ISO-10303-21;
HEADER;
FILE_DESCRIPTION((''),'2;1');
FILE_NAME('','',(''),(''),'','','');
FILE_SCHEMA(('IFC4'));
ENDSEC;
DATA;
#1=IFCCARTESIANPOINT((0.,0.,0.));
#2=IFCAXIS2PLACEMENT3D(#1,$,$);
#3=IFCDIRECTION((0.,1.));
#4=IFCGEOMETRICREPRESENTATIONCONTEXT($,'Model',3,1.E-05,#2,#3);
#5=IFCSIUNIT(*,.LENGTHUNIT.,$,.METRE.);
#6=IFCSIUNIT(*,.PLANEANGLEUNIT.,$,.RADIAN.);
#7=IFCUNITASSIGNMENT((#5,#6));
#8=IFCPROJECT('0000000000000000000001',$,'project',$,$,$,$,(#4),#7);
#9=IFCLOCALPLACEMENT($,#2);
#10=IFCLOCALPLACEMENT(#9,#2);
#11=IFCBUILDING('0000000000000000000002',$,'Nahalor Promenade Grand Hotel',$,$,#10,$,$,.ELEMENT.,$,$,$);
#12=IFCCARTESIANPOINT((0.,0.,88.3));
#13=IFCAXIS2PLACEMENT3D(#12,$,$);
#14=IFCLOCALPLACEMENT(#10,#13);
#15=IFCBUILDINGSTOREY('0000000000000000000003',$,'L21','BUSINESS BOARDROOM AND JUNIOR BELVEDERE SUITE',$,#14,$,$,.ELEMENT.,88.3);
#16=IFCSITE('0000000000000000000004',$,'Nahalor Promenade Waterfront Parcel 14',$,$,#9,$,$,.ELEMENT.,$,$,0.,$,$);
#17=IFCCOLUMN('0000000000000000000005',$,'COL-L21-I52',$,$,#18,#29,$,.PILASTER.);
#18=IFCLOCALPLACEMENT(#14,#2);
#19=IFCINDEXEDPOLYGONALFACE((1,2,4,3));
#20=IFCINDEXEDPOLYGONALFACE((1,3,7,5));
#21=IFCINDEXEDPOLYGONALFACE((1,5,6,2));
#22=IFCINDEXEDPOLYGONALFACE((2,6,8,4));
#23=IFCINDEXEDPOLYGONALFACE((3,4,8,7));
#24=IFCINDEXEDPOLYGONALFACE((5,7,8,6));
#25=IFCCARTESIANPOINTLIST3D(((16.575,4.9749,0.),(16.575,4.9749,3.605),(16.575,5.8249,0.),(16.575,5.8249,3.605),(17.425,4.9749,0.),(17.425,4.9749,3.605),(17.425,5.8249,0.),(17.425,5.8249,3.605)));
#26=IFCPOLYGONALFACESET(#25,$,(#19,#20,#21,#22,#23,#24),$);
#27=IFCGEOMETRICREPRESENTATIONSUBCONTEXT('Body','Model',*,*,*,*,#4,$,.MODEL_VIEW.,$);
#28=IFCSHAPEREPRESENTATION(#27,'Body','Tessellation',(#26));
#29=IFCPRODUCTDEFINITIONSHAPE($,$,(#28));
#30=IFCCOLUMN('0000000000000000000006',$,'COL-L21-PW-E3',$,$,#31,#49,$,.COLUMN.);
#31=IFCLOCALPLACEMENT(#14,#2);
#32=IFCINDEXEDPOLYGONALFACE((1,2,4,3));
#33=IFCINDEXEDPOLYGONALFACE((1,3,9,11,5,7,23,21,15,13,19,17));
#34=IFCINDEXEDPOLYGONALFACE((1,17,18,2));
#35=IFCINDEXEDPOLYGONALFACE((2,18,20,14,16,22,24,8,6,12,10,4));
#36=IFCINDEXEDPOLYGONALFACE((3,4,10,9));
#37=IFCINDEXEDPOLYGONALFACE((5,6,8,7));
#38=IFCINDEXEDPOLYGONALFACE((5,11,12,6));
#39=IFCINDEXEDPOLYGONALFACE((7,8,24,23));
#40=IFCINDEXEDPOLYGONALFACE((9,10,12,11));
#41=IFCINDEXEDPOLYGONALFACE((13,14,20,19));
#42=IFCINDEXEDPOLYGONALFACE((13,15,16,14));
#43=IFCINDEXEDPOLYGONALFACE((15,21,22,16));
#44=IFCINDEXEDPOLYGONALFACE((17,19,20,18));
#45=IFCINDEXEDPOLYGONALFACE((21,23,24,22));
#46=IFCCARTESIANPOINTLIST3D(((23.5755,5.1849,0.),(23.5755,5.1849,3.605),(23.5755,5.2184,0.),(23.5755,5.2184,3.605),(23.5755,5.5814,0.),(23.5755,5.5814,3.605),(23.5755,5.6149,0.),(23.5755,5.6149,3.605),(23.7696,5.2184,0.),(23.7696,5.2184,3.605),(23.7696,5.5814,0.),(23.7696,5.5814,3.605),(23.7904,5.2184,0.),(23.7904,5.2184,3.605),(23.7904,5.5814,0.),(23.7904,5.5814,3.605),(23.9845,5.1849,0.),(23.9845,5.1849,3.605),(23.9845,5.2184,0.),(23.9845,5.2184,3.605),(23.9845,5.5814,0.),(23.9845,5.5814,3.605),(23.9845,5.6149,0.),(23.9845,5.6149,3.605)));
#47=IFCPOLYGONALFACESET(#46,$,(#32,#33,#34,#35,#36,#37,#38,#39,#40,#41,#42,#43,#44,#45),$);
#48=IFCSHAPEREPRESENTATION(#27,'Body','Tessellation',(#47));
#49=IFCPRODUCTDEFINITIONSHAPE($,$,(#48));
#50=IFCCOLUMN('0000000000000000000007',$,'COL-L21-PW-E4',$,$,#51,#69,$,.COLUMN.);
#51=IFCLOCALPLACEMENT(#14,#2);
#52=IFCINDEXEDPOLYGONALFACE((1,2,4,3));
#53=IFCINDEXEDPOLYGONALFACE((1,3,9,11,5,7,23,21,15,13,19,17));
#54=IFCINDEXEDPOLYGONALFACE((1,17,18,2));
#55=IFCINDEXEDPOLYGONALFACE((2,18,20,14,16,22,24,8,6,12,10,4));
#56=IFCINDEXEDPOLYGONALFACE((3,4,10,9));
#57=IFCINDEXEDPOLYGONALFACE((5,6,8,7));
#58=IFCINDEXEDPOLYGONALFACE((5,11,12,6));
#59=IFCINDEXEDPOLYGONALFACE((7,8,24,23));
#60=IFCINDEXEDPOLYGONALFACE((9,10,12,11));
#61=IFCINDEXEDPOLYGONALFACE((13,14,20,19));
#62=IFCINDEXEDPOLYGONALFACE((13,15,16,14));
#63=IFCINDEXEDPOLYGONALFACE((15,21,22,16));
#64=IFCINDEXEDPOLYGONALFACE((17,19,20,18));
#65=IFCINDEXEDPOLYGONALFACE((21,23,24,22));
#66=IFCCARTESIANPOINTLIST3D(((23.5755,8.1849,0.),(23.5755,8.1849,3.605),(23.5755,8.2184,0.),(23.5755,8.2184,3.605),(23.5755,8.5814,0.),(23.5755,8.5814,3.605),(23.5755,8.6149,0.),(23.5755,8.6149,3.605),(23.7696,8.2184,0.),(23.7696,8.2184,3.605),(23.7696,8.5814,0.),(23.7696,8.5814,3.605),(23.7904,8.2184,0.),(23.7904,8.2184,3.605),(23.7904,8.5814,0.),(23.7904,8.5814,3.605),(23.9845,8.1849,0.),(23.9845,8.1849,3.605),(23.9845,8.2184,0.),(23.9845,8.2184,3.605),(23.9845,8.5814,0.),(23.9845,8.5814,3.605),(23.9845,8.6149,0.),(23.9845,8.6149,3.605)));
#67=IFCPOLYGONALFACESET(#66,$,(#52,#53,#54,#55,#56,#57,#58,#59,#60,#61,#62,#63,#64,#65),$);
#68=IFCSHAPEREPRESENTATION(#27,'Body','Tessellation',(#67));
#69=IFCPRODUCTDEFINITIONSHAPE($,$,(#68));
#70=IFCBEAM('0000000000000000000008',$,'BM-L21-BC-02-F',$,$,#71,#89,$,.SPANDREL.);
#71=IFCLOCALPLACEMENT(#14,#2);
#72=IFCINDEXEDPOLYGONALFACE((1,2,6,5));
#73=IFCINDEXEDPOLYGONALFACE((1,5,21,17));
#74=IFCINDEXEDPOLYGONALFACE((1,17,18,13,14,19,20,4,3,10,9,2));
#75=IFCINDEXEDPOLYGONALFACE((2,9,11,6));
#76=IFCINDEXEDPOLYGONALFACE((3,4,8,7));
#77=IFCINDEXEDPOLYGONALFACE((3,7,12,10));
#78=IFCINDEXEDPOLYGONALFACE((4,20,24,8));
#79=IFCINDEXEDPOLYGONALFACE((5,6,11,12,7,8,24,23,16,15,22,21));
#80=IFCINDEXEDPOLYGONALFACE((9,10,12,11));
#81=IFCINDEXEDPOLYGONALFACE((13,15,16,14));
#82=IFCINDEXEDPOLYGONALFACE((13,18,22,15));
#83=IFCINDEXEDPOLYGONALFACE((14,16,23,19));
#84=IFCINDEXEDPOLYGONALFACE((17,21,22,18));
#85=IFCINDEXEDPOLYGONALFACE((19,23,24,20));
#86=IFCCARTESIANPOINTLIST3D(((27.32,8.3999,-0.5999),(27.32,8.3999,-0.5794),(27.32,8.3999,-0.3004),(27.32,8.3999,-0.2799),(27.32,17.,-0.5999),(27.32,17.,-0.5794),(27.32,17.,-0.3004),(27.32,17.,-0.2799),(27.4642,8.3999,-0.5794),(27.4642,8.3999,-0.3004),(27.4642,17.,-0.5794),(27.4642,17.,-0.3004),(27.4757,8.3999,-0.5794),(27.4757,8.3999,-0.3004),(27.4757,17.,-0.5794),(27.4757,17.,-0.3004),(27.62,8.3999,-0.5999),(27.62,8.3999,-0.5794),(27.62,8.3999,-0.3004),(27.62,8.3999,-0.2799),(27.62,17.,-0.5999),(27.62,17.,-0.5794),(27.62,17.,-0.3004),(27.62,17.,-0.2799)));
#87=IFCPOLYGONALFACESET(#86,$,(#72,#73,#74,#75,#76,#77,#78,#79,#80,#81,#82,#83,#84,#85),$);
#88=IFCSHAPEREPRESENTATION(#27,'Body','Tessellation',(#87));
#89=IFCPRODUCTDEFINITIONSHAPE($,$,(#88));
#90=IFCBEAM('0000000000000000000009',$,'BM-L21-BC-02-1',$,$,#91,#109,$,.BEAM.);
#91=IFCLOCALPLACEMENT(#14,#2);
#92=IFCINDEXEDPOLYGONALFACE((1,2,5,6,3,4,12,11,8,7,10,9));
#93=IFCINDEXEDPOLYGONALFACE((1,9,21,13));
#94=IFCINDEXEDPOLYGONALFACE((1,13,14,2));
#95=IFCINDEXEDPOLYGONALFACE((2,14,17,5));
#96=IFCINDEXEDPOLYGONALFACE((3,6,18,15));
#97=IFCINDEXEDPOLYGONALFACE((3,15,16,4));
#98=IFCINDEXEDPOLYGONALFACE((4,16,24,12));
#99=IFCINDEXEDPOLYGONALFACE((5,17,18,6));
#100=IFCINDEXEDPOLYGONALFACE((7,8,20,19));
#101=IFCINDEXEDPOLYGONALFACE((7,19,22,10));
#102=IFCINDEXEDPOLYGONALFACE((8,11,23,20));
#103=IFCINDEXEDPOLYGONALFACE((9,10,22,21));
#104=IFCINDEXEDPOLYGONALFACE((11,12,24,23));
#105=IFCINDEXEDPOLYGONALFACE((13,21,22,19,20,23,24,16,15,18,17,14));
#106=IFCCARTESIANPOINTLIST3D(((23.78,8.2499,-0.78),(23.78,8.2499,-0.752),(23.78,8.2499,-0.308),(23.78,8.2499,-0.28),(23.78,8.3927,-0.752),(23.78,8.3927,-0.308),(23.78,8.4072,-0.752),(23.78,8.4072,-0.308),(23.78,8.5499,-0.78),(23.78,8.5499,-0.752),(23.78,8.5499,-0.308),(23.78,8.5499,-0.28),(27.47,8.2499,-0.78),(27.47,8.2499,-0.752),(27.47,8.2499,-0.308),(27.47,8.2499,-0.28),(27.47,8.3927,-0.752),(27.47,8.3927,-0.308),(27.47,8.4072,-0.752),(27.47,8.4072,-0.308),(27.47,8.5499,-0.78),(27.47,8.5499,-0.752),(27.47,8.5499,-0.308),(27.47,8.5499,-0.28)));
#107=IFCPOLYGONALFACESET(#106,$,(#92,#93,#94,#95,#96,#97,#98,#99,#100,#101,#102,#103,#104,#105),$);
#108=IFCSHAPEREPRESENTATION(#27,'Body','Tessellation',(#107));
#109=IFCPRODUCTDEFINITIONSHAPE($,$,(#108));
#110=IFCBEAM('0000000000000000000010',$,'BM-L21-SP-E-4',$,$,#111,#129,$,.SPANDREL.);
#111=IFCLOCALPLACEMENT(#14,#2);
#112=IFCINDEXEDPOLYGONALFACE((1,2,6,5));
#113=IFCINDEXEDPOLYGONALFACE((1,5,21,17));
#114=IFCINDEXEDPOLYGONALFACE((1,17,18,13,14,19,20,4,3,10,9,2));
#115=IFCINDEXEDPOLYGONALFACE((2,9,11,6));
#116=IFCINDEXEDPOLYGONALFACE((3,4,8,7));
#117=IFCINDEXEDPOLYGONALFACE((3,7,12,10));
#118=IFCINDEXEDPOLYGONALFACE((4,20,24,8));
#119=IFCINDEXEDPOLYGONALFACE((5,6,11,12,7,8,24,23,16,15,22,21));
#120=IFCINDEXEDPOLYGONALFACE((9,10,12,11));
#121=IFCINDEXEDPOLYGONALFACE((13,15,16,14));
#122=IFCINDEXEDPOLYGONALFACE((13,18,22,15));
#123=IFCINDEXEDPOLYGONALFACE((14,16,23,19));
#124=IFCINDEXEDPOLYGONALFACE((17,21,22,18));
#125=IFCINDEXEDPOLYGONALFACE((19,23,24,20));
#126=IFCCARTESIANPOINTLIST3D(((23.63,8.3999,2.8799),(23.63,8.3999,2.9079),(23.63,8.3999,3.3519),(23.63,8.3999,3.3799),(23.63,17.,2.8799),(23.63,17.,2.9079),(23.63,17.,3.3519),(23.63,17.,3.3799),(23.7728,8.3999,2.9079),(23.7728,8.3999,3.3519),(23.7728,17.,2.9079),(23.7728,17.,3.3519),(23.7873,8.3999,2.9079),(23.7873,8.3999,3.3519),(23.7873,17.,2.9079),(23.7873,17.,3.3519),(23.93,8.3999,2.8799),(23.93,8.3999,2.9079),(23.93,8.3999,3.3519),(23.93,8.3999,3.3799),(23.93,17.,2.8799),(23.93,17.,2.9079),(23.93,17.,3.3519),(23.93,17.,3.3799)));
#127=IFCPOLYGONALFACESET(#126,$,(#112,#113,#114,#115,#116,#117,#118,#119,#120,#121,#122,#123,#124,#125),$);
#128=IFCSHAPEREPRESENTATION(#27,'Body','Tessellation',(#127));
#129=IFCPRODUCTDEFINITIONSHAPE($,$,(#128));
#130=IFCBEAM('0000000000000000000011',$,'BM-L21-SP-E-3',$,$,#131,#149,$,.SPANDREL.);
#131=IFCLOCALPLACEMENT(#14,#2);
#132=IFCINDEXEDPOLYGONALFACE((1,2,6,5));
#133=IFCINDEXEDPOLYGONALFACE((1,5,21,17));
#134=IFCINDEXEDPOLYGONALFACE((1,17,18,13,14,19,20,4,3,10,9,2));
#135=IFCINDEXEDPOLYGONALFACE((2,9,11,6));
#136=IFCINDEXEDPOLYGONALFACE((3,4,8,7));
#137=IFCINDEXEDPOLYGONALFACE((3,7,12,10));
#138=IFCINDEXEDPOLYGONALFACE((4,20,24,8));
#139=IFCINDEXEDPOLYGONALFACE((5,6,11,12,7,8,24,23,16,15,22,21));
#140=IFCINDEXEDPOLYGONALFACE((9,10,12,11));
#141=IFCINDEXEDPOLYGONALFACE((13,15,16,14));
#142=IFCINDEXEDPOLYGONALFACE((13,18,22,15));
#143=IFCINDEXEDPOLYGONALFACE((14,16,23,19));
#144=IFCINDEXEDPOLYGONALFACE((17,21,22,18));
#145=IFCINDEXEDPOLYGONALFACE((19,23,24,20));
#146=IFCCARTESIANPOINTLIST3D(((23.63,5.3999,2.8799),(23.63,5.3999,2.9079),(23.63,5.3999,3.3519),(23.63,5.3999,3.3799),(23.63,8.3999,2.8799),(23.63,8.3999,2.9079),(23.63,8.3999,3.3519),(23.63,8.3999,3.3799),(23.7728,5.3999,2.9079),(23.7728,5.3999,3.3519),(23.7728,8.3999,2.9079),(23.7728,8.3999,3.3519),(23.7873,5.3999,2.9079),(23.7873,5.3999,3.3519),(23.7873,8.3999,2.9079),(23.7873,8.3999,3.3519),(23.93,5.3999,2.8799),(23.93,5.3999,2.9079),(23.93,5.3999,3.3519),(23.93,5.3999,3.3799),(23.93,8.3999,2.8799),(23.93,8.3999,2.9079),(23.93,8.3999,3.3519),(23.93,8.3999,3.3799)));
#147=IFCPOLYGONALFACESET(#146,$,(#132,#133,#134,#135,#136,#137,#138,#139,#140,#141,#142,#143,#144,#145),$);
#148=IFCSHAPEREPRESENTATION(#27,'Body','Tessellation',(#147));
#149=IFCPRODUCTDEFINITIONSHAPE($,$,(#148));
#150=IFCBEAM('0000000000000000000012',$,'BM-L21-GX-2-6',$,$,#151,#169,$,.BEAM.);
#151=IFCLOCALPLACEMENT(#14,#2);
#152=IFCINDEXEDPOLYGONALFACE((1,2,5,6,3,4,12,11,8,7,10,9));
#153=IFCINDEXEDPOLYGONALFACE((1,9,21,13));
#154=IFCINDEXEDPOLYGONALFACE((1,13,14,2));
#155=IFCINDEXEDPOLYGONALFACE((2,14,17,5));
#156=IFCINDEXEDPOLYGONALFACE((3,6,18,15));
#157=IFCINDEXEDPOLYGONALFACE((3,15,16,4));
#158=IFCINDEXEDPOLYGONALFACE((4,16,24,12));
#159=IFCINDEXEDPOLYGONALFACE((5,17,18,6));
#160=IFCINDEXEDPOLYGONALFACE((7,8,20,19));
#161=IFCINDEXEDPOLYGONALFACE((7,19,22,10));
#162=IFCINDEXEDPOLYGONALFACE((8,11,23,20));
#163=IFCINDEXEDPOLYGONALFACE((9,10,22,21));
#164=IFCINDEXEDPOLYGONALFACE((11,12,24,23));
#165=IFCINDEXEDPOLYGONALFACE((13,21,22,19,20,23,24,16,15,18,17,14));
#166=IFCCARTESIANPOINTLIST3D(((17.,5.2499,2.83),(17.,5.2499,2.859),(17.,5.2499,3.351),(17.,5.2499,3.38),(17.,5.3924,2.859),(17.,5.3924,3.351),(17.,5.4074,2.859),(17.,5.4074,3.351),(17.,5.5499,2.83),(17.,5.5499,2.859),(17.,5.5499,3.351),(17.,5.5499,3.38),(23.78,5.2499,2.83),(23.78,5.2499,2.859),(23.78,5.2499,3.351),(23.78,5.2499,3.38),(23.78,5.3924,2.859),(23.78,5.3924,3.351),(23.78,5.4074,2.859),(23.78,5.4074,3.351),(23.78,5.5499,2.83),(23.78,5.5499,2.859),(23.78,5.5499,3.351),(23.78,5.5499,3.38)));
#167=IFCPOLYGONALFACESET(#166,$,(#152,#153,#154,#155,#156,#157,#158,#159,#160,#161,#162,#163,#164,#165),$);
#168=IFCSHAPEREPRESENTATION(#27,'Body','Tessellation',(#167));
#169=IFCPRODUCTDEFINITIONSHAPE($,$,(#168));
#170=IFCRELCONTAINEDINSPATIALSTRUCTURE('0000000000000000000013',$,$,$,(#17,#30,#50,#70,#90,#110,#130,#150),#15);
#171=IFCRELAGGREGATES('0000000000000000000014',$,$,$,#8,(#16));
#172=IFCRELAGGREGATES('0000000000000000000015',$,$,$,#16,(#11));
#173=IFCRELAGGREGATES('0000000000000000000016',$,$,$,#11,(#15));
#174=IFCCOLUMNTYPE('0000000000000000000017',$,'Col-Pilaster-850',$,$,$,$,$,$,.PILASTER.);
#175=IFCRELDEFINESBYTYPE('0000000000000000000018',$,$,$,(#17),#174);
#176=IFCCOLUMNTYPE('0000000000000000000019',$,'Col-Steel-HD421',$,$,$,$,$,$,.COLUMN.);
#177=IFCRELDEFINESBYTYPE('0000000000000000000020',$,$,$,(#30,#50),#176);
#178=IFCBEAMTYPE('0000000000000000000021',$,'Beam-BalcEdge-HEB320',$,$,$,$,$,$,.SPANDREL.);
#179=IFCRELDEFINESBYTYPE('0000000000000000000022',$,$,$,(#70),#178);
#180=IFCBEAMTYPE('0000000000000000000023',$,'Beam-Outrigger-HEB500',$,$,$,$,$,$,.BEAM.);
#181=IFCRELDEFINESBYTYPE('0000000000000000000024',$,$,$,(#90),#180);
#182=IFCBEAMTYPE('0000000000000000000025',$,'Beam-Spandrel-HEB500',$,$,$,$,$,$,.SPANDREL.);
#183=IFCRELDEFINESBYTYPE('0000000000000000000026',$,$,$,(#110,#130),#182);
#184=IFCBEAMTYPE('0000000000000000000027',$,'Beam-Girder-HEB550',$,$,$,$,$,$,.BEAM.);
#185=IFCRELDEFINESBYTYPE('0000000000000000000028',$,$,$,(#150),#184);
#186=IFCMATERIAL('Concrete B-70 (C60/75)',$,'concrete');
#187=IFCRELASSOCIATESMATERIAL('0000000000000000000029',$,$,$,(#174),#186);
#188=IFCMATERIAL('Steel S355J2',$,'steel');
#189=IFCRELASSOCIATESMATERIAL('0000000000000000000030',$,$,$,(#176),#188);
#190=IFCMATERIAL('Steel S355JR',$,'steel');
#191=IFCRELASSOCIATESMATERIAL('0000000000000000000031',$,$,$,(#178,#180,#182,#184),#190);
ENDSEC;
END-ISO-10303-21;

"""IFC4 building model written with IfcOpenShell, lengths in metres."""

from ifc_helpers import new_model, si_unit, direction, frame, origin, origin_2d, place, context, subcontext, project, spatial, rectangle, i_section, extrude, source, transform, mapped, material, material_profile, profile_set, type_object, element, save


model = new_model("IFC4")

# Units and contexts
model_context = context("Model", 3, precision=1e-05, world=origin(), true_north=direction((0.0, 1.0)))
body_context = subcontext(model_context, "Body", "Model", "MODEL_VIEW")
ifc_project = project(units=[si_unit("LENGTHUNIT", "METRE"), si_unit("PLANEANGLEUNIT", "RADIAN")], contexts=[model_context])

# Site, building, storey
site_placement = place(None, origin())
site = spatial("IfcSite", under=ifc_project, at=site_placement, Name="Nahalor Promenade Waterfront Parcel 14", CompositionType="ELEMENT", RefElevation=0.0)
building_placement = place(site_placement, origin())
building = spatial("IfcBuilding", under=site, at=building_placement, Name="Nahalor Promenade Grand Hotel", CompositionType="ELEMENT")
storey_placement = place(building_placement, frame((0.0, 0.0, 88.3)))
storey = spatial("IfcBuildingStorey", under=building, at=storey_placement, Name="L21", Description="BUSINESS BOARDROOM AND JUNIOR BELVEDERE SUITE", CompositionType="ELEMENT", Elevation=88.3)

# Columns
ifc_material_1 = material(Name="Concrete B-70 (C60/75)", Category="concrete")
ifc_material_profile_1 = material_profile(ifc_material_1, rectangle(XDim=0.85, YDim=0.85, at=origin_2d()), Name="RC 850x850")
ifc_profile_set_1 = profile_set([ifc_material_profile_1], Name="Concrete B-70 (C60/75)")
column_type_1 = type_object("IfcColumnType", Name="Col-Pilaster-850", PredefinedType="PILASTER", material=ifc_profile_set_1)
shared_shape_1 = source(origin(), body_context, "Body", "SweptSolid", [
    extrude(rectangle(XDim=0.85, YDim=0.85, at=origin_2d()), origin(), (0.0, 0.0, 1.0), 3.605),
])
column_placement = place(storey_placement, frame((17.0, 5.3999, 0.0), z_axis=(0.0, 0.0, 1.0), x_axis=(1.0, 0.0, 0.0)))
element("IfcColumn", 1, at=column_placement, inside=storey, type_object=column_type_1, Name="COL-L21-I52", PredefinedType="PILASTER", context=body_context, shape_type="MappedRepresentation", body=[
    mapped(shared_shape_1, transform((0.0, 0.0, 0.0), scale=1.0)),
])
ifc_material_2 = material(Name="Steel S355J2", Category="steel")
ifc_material_profile_2 = material_profile(ifc_material_2, i_section(OverallWidth=0.409, OverallDepth=0.43, WebThickness=0.0208, FlangeThickness=0.0335, at=origin_2d()), Name="HD 400x421")
ifc_profile_set_2 = profile_set([ifc_material_profile_2], Name="Steel S355J2")
column_type_2 = type_object("IfcColumnType", Name="Col-Steel-HD421", PredefinedType="COLUMN", material=ifc_profile_set_2)
shared_shape_2 = source(origin(), body_context, "Body", "SweptSolid", [
    extrude(i_section(OverallWidth=0.409, OverallDepth=0.43, WebThickness=0.0208, FlangeThickness=0.0335, at=origin_2d()), origin(), (0.0, 0.0, 1.0), 3.605),
])
for number, where, z_axis, x_axis, name in (
    (2, (23.78, 5.3999, 0.0), (0.0, 0.0, 1.0), (1.0, 0.0, 0.0), "COL-L21-PW-E3"),
    (3, (23.78, 8.3999, 0.0), (0.0, 0.0, 1.0), (1.0, 0.0, 0.0), "COL-L21-PW-E4"),
):
    element("IfcColumn", number, at=place(storey_placement, frame(where, z_axis=z_axis, x_axis=x_axis)), inside=storey, type_object=column_type_2, Name=name, PredefinedType="COLUMN", context=body_context, shape_type="MappedRepresentation", body=[
        mapped(shared_shape_2, transform((0.0, 0.0, 0.0), scale=1.0)),
    ])

# Beams
ifc_material_3 = material(Name="Steel S355JR", Category="steel")
ifc_material_profile_3 = material_profile(ifc_material_3, i_section(OverallWidth=0.3, OverallDepth=0.32, WebThickness=0.0115, FlangeThickness=0.0205, at=origin_2d()), Name="HEB 320")
ifc_profile_set_3 = profile_set([ifc_material_profile_3], Name="Steel S355JR")
beam_type_1 = type_object("IfcBeamType", Name="Beam-BalcEdge-HEB320", PredefinedType="SPANDREL", material=ifc_profile_set_3)
shared_shape_3 = source(origin(), body_context, "Body", "SweptSolid", [
    extrude(i_section(OverallWidth=0.3, OverallDepth=0.32, WebThickness=0.0115, FlangeThickness=0.0205, at=origin_2d()), origin(), (0.0, 0.0, 1.0), 8.6001),
])
beam_1_placement = place(storey_placement, frame((27.47, 8.3999, -0.4399), z_axis=(0.0, 1.0, 0.0), x_axis=(-1.0, 0.0, 0.0)))
element("IfcBeam", 4, at=beam_1_placement, inside=storey, type_object=beam_type_1, Name="BM-L21-BC-02-F", PredefinedType="SPANDREL", context=body_context, shape_type="MappedRepresentation", body=[
    mapped(shared_shape_3, transform((0.0, 0.0, 0.0), scale=1.0)),
])
ifc_material_profile_4 = material_profile(ifc_material_3, i_section(OverallWidth=0.3, OverallDepth=0.5, WebThickness=0.0145, FlangeThickness=0.028, at=origin_2d()), Name="HEB 500")
ifc_profile_set_4 = profile_set([ifc_material_profile_4], Name="Steel S355JR")
beam_type_2 = type_object("IfcBeamType", Name="Beam-Outrigger-HEB500", PredefinedType="BEAM", material=ifc_profile_set_4)
shared_shape_4 = source(origin(), body_context, "Body", "SweptSolid", [
    extrude(i_section(OverallWidth=0.3, OverallDepth=0.5, WebThickness=0.0145, FlangeThickness=0.028, at=origin_2d()), origin(), (0.0, 0.0, 1.0), 3.6899),
])
beam_2_placement = place(storey_placement, frame((23.78, 8.3999, -0.53), z_axis=(1.0, 0.0, 0.0), x_axis=(0.0, 1.0, 0.0)))
element("IfcBeam", 5, at=beam_2_placement, inside=storey, type_object=beam_type_2, Name="BM-L21-BC-02-1", PredefinedType="BEAM", context=body_context, shape_type="MappedRepresentation", body=[
    mapped(shared_shape_4, transform((0.0, 0.0, 0.0), scale=1.0)),
])
ifc_material_profile_5 = material_profile(ifc_material_3, i_section(OverallWidth=0.3, OverallDepth=0.5, WebThickness=0.0145, FlangeThickness=0.028, at=origin_2d()), Name="HEB 500")
ifc_profile_set_5 = profile_set([ifc_material_profile_5], Name="Steel S355JR")
beam_type_3 = type_object("IfcBeamType", Name="Beam-Spandrel-HEB500", PredefinedType="SPANDREL", material=ifc_profile_set_5)
shared_shape_5 = source(origin(), body_context, "Body", "SweptSolid", [
    extrude(i_section(OverallWidth=0.3, OverallDepth=0.5, WebThickness=0.0145, FlangeThickness=0.028, at=origin_2d()), origin(), (0.0, 0.0, 1.0), 8.6001),
])
beam_3_placement = place(storey_placement, frame((23.78, 8.3999, 3.1299), z_axis=(0.0, 1.0, 0.0), x_axis=(-1.0, 0.0, 0.0)))
element("IfcBeam", 6, at=beam_3_placement, inside=storey, type_object=beam_type_3, Name="BM-L21-SP-E-4", PredefinedType="SPANDREL", context=body_context, shape_type="MappedRepresentation", body=[
    mapped(shared_shape_5, transform((0.0, 0.0, 0.0), scale=1.0)),
])
shared_shape_6 = source(origin(), body_context, "Body", "SweptSolid", [
    extrude(i_section(OverallWidth=0.3, OverallDepth=0.5, WebThickness=0.0145, FlangeThickness=0.028, at=origin_2d()), origin(), (0.0, 0.0, 1.0), 3.0),
])
beam_4_placement = place(storey_placement, frame((23.78, 5.3999, 3.1299), z_axis=(0.0, 1.0, 0.0), x_axis=(-1.0, 0.0, 0.0)))
element("IfcBeam", 7, at=beam_4_placement, inside=storey, type_object=beam_type_3, Name="BM-L21-SP-E-3", PredefinedType="SPANDREL", context=body_context, shape_type="MappedRepresentation", body=[
    mapped(shared_shape_6, transform((0.0, 0.0, 0.0), scale=1.0)),
])
ifc_material_profile_6 = material_profile(ifc_material_3, i_section(OverallWidth=0.3, OverallDepth=0.55, WebThickness=0.015, FlangeThickness=0.029, at=origin_2d()), Name="HEB 550")
ifc_profile_set_6 = profile_set([ifc_material_profile_6], Name="Steel S355JR")
beam_type_4 = type_object("IfcBeamType", Name="Beam-Girder-HEB550", PredefinedType="BEAM", material=ifc_profile_set_6)
shared_shape_7 = source(origin(), body_context, "Body", "SweptSolid", [
    extrude(i_section(OverallWidth=0.3, OverallDepth=0.55, WebThickness=0.015, FlangeThickness=0.029, at=origin_2d()), origin(), (0.0, 0.0, 1.0), 6.78),
])
beam_5_placement = place(storey_placement, frame((17.0, 5.3999, 3.105), z_axis=(1.0, 0.0, 0.0), x_axis=(0.0, 1.0, 0.0)))
element("IfcBeam", 8, at=beam_5_placement, inside=storey, type_object=beam_type_4, Name="BM-L21-GX-2-6", PredefinedType="BEAM", context=body_context, shape_type="MappedRepresentation", body=[
    mapped(shared_shape_7, transform((0.0, 0.0, 0.0), scale=1.0)),
])

save(model, "model.ifc")
